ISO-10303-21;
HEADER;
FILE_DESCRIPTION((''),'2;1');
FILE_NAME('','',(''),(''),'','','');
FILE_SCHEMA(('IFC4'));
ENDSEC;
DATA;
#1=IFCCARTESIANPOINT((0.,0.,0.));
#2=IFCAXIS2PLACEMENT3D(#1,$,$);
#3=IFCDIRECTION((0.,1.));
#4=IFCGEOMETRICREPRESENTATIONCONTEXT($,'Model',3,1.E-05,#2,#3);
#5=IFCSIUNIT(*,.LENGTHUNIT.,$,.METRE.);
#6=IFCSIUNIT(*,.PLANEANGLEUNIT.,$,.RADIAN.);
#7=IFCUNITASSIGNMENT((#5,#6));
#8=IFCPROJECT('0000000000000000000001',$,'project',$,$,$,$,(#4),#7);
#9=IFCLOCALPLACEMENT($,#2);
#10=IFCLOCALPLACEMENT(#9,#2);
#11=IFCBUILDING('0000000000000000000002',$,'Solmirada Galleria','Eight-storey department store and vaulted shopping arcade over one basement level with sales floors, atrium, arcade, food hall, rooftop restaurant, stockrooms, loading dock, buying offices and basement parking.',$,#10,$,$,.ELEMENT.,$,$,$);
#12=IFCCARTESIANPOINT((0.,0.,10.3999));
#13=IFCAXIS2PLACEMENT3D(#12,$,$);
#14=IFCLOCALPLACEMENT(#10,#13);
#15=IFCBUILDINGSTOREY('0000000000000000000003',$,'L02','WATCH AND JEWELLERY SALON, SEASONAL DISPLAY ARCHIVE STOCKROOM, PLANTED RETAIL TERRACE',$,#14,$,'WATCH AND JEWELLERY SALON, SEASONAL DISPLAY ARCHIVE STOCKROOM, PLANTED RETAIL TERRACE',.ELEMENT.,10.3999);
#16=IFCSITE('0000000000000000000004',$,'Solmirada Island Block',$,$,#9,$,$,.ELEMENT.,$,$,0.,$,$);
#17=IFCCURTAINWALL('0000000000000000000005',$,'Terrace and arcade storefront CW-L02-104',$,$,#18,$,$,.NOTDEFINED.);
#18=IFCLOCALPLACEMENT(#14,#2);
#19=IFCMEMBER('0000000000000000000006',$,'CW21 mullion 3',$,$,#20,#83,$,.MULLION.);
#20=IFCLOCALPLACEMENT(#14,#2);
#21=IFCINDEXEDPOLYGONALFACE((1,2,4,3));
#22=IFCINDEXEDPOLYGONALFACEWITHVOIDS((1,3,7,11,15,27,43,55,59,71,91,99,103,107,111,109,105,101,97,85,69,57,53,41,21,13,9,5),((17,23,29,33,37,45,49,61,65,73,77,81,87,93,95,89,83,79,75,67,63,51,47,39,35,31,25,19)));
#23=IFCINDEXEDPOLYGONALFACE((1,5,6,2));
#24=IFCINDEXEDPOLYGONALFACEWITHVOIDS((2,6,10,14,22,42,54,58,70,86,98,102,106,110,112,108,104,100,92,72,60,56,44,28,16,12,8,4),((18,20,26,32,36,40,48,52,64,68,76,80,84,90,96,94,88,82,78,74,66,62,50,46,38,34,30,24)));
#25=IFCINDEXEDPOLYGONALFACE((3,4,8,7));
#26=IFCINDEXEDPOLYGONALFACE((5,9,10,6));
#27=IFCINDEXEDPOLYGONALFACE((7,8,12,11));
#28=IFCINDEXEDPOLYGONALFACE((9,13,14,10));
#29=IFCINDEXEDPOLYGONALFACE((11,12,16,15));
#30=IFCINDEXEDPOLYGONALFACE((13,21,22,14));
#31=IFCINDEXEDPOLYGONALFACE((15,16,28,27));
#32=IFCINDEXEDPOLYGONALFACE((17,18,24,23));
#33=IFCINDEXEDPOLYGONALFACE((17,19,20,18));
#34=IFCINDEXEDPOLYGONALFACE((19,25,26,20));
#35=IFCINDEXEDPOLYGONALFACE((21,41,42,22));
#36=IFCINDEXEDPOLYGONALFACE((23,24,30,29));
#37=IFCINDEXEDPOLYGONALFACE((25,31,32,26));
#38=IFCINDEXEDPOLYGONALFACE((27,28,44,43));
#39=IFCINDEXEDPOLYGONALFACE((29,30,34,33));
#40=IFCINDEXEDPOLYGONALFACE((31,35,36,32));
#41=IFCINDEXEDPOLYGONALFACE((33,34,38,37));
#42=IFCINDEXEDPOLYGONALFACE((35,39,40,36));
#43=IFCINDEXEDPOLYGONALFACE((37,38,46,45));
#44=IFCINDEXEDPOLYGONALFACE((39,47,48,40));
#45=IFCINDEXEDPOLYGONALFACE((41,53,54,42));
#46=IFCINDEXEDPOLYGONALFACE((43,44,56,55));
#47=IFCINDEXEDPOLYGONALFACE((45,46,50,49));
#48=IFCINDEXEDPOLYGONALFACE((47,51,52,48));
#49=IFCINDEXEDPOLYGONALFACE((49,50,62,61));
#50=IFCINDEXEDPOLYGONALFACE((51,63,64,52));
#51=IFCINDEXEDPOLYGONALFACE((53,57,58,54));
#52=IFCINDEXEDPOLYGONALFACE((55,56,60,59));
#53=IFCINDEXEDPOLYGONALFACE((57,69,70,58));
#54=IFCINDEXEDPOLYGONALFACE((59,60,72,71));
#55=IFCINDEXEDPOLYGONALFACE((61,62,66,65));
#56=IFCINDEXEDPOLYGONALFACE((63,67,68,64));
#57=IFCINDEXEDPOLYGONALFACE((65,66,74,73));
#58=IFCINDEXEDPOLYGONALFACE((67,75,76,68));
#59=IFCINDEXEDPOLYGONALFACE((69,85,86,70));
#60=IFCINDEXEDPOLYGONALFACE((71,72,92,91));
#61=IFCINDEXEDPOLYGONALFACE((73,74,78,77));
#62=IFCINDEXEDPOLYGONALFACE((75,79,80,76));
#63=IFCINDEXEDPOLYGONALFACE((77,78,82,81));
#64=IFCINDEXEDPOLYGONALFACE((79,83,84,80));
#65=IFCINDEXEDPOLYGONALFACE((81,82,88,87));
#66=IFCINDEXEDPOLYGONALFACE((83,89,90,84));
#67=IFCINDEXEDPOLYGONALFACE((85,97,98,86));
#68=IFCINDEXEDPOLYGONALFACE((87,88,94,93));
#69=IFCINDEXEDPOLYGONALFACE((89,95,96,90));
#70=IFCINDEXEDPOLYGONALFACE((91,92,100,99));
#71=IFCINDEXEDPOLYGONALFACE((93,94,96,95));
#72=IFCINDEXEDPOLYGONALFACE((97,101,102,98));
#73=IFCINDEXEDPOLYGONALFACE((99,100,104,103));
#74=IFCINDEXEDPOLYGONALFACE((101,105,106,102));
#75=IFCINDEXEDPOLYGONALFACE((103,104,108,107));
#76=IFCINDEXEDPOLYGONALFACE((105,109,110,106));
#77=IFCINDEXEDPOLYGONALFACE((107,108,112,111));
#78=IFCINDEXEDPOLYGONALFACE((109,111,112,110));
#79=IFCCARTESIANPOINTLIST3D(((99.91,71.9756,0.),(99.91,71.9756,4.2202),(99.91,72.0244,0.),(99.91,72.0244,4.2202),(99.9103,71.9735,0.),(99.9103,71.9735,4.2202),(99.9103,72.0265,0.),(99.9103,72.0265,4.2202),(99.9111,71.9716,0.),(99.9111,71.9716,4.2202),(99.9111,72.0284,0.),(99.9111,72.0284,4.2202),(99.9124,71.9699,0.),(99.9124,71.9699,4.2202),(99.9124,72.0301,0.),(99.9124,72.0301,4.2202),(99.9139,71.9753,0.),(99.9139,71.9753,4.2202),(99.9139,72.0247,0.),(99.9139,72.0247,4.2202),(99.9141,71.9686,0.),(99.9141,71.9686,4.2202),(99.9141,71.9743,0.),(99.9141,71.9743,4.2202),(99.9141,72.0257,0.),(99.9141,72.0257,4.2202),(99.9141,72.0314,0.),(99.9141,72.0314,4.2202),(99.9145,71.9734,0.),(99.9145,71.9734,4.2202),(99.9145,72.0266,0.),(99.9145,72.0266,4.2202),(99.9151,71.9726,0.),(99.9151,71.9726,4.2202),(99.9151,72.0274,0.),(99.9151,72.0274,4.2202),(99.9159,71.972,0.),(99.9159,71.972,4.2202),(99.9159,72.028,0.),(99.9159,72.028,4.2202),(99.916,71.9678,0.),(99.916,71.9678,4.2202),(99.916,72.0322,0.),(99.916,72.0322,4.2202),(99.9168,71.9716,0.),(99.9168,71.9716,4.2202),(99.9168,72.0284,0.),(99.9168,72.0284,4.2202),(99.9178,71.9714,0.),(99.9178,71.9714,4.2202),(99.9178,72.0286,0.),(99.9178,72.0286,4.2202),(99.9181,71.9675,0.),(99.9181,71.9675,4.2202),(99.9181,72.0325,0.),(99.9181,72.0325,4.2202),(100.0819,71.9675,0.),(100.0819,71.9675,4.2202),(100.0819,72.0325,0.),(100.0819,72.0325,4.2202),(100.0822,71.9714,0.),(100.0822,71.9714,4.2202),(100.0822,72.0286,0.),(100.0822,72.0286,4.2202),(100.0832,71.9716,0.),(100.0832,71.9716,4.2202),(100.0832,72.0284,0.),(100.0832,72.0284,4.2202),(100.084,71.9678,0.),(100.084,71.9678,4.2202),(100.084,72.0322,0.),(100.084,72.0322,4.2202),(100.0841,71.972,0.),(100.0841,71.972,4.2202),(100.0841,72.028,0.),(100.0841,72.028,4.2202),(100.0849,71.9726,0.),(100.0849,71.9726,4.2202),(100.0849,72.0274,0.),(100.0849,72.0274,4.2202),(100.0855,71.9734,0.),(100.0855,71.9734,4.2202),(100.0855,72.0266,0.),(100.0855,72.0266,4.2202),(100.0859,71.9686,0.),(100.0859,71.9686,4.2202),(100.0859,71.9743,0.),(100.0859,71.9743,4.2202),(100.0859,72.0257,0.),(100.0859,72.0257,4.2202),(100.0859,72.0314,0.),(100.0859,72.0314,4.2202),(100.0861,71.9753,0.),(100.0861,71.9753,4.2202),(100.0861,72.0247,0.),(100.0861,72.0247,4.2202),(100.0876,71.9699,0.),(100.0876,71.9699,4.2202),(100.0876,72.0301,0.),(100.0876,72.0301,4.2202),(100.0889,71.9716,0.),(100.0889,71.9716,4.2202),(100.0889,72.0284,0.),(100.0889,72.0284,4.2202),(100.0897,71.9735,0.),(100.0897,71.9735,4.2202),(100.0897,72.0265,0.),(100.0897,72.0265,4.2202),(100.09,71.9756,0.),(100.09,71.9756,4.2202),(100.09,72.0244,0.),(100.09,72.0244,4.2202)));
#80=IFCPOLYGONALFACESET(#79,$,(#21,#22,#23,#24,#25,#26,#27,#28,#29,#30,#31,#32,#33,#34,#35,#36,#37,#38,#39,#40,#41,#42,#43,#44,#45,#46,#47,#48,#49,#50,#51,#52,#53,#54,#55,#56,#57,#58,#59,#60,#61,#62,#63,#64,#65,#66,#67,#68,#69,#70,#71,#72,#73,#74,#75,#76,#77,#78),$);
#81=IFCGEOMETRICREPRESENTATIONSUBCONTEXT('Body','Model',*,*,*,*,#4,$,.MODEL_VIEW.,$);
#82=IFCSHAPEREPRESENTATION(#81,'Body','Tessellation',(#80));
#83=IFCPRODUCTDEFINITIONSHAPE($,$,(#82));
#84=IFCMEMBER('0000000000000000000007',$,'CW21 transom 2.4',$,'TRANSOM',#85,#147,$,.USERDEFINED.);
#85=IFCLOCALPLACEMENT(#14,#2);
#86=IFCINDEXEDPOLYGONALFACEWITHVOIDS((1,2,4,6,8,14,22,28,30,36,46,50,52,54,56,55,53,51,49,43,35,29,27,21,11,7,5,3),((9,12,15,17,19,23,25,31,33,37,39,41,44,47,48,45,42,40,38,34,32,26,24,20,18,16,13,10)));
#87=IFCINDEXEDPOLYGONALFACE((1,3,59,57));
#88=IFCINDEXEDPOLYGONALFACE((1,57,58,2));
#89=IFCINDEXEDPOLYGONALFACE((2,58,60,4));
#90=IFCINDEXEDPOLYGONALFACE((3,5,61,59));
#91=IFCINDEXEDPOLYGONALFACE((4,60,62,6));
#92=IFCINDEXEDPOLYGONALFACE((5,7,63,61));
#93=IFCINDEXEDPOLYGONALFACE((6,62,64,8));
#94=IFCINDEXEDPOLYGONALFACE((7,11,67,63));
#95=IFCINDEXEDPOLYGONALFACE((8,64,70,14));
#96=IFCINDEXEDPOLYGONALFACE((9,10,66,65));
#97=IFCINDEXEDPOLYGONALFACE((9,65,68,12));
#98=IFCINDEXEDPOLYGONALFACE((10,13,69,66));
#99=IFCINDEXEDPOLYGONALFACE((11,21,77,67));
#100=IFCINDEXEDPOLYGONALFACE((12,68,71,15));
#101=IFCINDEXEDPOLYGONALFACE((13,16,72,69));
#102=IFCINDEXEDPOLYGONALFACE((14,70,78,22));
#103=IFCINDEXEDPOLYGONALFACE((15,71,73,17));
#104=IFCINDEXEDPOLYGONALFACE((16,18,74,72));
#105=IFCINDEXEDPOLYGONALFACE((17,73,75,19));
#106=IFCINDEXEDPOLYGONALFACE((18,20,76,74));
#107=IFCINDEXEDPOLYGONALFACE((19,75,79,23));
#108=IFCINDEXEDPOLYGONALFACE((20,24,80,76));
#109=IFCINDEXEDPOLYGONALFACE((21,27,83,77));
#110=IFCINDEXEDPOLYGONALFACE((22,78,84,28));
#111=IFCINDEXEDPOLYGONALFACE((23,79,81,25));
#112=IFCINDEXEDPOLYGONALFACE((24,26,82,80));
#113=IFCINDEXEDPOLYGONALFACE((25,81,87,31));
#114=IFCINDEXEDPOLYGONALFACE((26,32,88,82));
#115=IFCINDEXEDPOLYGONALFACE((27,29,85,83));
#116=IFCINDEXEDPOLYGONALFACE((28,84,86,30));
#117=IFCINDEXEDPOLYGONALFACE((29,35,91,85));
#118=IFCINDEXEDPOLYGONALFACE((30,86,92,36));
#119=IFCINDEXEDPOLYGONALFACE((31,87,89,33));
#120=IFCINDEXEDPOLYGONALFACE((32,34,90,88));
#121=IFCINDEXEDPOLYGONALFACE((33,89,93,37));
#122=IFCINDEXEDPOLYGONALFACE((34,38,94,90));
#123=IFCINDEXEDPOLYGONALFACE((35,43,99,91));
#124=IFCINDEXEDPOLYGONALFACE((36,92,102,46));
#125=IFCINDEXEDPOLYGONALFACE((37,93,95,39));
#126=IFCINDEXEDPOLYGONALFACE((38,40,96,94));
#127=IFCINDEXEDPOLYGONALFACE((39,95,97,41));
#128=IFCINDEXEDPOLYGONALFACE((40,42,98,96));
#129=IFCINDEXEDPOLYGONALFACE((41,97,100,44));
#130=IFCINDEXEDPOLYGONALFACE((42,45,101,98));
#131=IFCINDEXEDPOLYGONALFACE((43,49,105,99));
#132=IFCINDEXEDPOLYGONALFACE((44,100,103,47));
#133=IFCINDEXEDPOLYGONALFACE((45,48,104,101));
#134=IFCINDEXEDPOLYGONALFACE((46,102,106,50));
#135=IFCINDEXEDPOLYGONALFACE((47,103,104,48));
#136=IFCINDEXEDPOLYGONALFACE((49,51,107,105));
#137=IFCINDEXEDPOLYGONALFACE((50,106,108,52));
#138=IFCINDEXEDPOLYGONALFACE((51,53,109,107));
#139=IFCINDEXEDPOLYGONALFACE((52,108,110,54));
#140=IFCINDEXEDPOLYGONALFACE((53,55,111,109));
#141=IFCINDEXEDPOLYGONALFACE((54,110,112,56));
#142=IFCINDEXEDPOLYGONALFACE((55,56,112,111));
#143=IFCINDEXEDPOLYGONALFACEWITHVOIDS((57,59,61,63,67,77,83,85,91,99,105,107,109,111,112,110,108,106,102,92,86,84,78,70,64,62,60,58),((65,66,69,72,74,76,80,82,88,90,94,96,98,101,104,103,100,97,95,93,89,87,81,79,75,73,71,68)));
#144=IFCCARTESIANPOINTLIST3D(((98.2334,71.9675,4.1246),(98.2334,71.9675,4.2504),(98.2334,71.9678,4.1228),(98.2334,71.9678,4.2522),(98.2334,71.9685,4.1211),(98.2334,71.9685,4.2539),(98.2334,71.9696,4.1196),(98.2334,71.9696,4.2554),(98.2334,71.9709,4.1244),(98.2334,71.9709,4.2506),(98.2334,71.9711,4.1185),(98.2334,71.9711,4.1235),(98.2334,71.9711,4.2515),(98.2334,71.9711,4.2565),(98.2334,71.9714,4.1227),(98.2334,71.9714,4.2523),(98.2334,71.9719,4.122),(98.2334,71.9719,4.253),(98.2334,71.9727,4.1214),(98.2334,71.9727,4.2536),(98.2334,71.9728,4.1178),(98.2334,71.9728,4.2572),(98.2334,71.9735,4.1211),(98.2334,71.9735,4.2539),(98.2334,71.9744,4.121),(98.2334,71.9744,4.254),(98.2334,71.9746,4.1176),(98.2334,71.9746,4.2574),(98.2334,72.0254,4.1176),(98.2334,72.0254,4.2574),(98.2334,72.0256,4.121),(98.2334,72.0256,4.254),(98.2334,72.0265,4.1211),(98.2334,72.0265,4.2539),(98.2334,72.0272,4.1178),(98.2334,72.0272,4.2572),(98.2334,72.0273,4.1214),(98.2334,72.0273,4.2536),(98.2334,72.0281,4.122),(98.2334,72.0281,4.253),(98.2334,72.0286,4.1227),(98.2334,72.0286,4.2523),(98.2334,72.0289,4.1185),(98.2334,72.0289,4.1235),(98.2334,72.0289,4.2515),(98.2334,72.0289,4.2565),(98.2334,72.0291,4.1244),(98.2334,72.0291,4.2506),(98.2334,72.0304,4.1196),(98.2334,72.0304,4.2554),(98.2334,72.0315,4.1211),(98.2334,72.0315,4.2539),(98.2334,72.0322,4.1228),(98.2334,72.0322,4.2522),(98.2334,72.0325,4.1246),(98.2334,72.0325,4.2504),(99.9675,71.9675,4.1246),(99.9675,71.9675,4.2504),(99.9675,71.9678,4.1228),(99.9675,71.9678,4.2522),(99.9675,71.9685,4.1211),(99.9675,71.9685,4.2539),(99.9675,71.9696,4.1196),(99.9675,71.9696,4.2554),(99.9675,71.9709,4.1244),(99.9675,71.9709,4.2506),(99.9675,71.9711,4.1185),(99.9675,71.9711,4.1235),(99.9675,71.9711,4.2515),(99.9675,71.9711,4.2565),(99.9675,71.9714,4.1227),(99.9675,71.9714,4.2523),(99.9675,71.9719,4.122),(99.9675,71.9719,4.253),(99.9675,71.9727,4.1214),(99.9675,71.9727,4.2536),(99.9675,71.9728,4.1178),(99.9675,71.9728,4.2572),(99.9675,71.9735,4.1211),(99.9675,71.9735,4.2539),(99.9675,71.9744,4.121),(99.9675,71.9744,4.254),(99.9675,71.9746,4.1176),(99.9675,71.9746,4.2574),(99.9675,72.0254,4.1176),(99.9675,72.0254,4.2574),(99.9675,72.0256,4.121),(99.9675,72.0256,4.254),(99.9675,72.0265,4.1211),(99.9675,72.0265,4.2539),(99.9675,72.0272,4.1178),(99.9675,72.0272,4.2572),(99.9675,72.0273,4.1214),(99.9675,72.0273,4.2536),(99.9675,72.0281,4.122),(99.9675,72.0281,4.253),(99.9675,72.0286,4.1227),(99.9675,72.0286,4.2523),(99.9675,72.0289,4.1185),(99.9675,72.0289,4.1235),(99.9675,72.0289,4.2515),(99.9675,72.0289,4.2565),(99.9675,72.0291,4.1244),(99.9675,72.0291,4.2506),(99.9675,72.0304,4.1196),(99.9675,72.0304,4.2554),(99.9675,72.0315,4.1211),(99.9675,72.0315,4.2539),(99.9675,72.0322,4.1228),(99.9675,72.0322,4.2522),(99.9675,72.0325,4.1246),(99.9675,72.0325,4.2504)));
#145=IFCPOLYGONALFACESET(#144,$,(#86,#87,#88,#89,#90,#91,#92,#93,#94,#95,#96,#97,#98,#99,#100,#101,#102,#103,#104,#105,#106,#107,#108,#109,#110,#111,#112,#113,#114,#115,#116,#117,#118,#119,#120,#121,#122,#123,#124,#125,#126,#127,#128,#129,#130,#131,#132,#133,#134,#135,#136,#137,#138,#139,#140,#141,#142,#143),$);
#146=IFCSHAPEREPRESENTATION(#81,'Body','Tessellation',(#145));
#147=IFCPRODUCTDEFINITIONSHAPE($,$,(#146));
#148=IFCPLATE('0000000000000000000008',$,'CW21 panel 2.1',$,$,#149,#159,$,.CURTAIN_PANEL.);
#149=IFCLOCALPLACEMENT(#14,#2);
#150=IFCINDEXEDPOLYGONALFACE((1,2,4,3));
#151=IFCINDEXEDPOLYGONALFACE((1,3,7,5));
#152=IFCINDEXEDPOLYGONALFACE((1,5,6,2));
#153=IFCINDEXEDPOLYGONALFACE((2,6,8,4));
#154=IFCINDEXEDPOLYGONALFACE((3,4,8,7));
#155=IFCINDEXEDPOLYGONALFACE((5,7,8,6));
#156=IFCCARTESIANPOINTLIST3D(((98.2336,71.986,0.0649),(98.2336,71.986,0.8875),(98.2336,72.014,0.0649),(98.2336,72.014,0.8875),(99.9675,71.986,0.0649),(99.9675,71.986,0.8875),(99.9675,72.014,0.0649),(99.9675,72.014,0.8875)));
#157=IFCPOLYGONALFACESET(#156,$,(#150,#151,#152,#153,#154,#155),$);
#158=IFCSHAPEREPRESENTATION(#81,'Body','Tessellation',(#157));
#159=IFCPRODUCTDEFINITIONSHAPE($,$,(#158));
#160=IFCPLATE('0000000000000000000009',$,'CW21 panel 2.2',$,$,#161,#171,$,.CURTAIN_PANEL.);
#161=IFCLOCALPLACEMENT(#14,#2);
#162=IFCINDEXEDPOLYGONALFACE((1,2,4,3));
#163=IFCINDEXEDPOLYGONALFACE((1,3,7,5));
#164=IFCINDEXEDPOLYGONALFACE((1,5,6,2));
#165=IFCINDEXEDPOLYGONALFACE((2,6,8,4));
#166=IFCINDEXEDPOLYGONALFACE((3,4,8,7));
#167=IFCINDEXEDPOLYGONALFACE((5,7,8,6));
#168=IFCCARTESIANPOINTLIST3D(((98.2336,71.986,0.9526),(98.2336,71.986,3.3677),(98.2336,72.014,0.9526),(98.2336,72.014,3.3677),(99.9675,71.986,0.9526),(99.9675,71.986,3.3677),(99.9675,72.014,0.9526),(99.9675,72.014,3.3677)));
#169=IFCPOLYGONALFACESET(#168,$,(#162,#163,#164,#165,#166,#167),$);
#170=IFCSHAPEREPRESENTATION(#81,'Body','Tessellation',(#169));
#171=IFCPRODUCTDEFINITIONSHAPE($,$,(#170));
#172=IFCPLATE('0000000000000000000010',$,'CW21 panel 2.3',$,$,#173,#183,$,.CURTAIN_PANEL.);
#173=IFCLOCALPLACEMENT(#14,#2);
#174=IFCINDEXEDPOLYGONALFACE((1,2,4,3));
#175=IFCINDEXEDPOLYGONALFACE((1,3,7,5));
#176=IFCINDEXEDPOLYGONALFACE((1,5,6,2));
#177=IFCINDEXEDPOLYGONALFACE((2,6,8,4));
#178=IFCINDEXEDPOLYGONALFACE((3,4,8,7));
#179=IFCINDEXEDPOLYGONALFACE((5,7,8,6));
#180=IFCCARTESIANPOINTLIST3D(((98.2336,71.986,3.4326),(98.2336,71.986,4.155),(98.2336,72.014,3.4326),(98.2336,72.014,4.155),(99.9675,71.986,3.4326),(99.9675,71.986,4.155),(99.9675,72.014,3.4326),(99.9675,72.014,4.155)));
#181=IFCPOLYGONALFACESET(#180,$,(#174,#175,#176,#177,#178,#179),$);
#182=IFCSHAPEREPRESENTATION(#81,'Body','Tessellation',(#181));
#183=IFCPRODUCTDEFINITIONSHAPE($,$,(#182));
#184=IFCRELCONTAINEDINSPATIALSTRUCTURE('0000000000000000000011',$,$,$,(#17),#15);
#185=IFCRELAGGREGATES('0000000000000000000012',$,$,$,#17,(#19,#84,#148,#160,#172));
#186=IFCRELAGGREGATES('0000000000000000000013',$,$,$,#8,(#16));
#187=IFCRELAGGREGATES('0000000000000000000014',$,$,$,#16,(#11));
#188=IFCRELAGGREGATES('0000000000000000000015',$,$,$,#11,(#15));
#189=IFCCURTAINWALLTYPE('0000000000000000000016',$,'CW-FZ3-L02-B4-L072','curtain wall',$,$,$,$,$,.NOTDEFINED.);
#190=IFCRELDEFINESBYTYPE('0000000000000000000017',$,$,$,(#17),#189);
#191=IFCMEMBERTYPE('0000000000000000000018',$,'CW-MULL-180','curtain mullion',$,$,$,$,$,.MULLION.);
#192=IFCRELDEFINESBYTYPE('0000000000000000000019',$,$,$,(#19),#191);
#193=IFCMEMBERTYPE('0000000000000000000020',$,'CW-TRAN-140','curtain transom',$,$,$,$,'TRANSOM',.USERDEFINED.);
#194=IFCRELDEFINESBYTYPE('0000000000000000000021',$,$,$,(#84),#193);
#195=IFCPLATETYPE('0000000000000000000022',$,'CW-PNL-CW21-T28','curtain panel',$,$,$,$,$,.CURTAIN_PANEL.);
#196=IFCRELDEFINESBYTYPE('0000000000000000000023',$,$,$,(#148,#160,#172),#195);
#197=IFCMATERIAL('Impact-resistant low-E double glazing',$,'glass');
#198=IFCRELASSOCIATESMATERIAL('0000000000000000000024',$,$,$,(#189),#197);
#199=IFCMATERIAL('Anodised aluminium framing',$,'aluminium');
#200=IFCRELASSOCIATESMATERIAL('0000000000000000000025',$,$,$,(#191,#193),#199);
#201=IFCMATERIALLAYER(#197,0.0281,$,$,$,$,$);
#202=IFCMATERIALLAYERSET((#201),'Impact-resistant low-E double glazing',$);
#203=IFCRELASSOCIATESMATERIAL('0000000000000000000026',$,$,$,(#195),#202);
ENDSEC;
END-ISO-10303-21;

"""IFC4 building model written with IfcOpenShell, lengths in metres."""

from ifc_helpers import new_model, si_unit, direction, frame, origin, origin_2d, place, context, subcontext, project, spatial, rectangle, hollow_rectangle, extrude, material, layer, layer_set, material_profile, profile_set, type_object, element, aggregate, save


model = new_model("IFC4")

# Units and contexts
model_context = context("Model", 3, precision=1e-05, world=origin(), true_north=direction((0.0, 1.0)))
body_context = subcontext(model_context, "Body", "Model", "MODEL_VIEW")
ifc_project = project(units=[si_unit("LENGTHUNIT", "METRE"), si_unit("PLANEANGLEUNIT", "RADIAN")], contexts=[model_context])

# Site, building, storey
site_placement = place(None, origin())
site = spatial("IfcSite", under=ifc_project, at=site_placement, Name="Solmirada Island Block", CompositionType="ELEMENT", RefElevation=0.0)
building_placement = place(site_placement, origin())
building = spatial("IfcBuilding", under=site, at=building_placement, Name="Solmirada Galleria", Description="Eight-storey department store and vaulted shopping arcade over one basement level with sales floors, atrium, arcade, food hall, rooftop restaurant, stockrooms, loading dock, buying offices and basement parking.", CompositionType="ELEMENT")
storey_placement = place(building_placement, frame((0.0, 0.0, 10.3999)))
storey = spatial("IfcBuildingStorey", under=building, at=storey_placement, Name="L02", Description="WATCH AND JEWELLERY SALON, SEASONAL DISPLAY ARCHIVE STOCKROOM, PLANTED RETAIL TERRACE", LongName="WATCH AND JEWELLERY SALON, SEASONAL DISPLAY ARCHIVE STOCKROOM, PLANTED RETAIL TERRACE", CompositionType="ELEMENT", Elevation=10.3999)

# Curtain wall, members, plates
ifc_material_1 = material(Name="Impact-resistant low-E double glazing", Category="glass")
curtain_wall_type = type_object("IfcCurtainWallType", Name="CW-FZ3-L02-B4-L072", Description="curtain wall", PredefinedType="NOTDEFINED", material=ifc_material_1)
curtain_wall_placement = place(storey_placement, origin())
curtain_wall = element("IfcCurtainWall", 1, at=curtain_wall_placement, inside=storey, type_object=curtain_wall_type, Name="Terrace and arcade storefront CW-L02-104", PredefinedType="NOTDEFINED")
ifc_material_2 = material(Name="Anodised aluminium framing", Category="aluminium")
ifc_material_profile_1 = material_profile(ifc_material_2, hollow_rectangle(XDim=0.0649, YDim=0.1799, WallThickness=0.0039, InnerFilletRadius=0.0039, OuterFilletRadius=0.0081, at=origin_2d()), Name="ALU-MULL-180X65")
ifc_profile_set_1 = profile_set([ifc_material_profile_1], Name="Anodised aluminium framing")
member_type_1 = type_object("IfcMemberType", Name="CW-MULL-180", Description="curtain mullion", PredefinedType="MULLION", material=ifc_profile_set_1)
member_1_placement = place(storey_placement, frame((100.0, 72.0, 0.0), z_axis=(0.0, 0.0, 1.0), x_axis=(0.0, 1.0, 0.0)))
member_1 = element("IfcMember", 2, at=member_1_placement, type_object=member_type_1, Name="CW21 mullion 3", PredefinedType="MULLION", context=body_context, shape_type="SweptSolid", body=[
    extrude(hollow_rectangle(XDim=0.0649, YDim=0.1799, WallThickness=0.0039, InnerFilletRadius=0.0039, OuterFilletRadius=0.0081, at=origin_2d()), origin(), (0.0, 0.0, 1.0), 4.2202),
])
ifc_material_profile_2 = material_profile(ifc_material_2, hollow_rectangle(XDim=0.0649, YDim=0.1399, WallThickness=0.0034, InnerFilletRadius=0.0034, OuterFilletRadius=0.0071, at=origin_2d()), Name="ALU-TRAN-140X65")
ifc_profile_set_2 = profile_set([ifc_material_profile_2], Name="Anodised aluminium framing")
member_type_2 = type_object("IfcMemberType", Name="CW-TRAN-140", Description="curtain transom", ElementType="TRANSOM", PredefinedType="USERDEFINED", material=ifc_profile_set_2)
member_2_placement = place(storey_placement, frame((98.2334, 72.0, 4.1875), z_axis=(1.0, 0.0, 0.0), x_axis=(0.0, 1.0, 0.0)))
member_2 = element("IfcMember", 3, at=member_2_placement, type_object=member_type_2, Name="CW21 transom 2.4", ObjectType="TRANSOM", PredefinedType="USERDEFINED", context=body_context, shape_type="SweptSolid", body=[
    extrude(hollow_rectangle(XDim=0.0649, YDim=0.1399, WallThickness=0.0034, InnerFilletRadius=0.0034, OuterFilletRadius=0.0071, at=origin_2d()), origin(), (0.0, 0.0, 1.0), 1.7341),
])
ifc_layer_1 = layer(ifc_material_1, 0.0281)
ifc_layer_set_1 = layer_set([ifc_layer_1], Name="Impact-resistant low-E double glazing")
plate_type = type_object("IfcPlateType", Name="CW-PNL-CW21-T28", Description="curtain panel", PredefinedType="CURTAIN_PANEL", material=ifc_layer_set_1)
plate_1_placement = place(storey_placement, frame((99.1006, 72.0, 0.0649), z_axis=(0.0, 0.0, 1.0), x_axis=(1.0, 0.0, 0.0)))
plate_1 = element("IfcPlate", 4, at=plate_1_placement, type_object=plate_type, Name="CW21 panel 2.1", PredefinedType="CURTAIN_PANEL", context=body_context, shape_type="SweptSolid", body=[
    extrude(rectangle(XDim=1.7339, YDim=0.0281, at=origin_2d()), origin(), (0.0, 0.0, 1.0), 0.8225),
])
plate_2_placement = place(storey_placement, frame((99.1006, 72.0, 0.9526), z_axis=(0.0, 0.0, 1.0), x_axis=(1.0, 0.0, 0.0)))
plate_2 = element("IfcPlate", 5, at=plate_2_placement, type_object=plate_type, Name="CW21 panel 2.2", PredefinedType="CURTAIN_PANEL", context=body_context, shape_type="SweptSolid", body=[
    extrude(rectangle(XDim=1.7339, YDim=0.0281, at=origin_2d()), origin(), (0.0, 0.0, 1.0), 2.415),
])
plate_3_placement = place(storey_placement, frame((99.1006, 72.0, 3.4326), z_axis=(0.0, 0.0, 1.0), x_axis=(1.0, 0.0, 0.0)))
plate_3 = element("IfcPlate", 6, at=plate_3_placement, type_object=plate_type, Name="CW21 panel 2.3", PredefinedType="CURTAIN_PANEL", context=body_context, shape_type="SweptSolid", body=[
    extrude(rectangle(XDim=1.7339, YDim=0.0281, at=origin_2d()), origin(), (0.0, 0.0, 1.0), 0.7224),
])
aggregate(curtain_wall, [member_1, member_2, plate_1, plate_2, plate_3])

save(model, "model.ifc")
